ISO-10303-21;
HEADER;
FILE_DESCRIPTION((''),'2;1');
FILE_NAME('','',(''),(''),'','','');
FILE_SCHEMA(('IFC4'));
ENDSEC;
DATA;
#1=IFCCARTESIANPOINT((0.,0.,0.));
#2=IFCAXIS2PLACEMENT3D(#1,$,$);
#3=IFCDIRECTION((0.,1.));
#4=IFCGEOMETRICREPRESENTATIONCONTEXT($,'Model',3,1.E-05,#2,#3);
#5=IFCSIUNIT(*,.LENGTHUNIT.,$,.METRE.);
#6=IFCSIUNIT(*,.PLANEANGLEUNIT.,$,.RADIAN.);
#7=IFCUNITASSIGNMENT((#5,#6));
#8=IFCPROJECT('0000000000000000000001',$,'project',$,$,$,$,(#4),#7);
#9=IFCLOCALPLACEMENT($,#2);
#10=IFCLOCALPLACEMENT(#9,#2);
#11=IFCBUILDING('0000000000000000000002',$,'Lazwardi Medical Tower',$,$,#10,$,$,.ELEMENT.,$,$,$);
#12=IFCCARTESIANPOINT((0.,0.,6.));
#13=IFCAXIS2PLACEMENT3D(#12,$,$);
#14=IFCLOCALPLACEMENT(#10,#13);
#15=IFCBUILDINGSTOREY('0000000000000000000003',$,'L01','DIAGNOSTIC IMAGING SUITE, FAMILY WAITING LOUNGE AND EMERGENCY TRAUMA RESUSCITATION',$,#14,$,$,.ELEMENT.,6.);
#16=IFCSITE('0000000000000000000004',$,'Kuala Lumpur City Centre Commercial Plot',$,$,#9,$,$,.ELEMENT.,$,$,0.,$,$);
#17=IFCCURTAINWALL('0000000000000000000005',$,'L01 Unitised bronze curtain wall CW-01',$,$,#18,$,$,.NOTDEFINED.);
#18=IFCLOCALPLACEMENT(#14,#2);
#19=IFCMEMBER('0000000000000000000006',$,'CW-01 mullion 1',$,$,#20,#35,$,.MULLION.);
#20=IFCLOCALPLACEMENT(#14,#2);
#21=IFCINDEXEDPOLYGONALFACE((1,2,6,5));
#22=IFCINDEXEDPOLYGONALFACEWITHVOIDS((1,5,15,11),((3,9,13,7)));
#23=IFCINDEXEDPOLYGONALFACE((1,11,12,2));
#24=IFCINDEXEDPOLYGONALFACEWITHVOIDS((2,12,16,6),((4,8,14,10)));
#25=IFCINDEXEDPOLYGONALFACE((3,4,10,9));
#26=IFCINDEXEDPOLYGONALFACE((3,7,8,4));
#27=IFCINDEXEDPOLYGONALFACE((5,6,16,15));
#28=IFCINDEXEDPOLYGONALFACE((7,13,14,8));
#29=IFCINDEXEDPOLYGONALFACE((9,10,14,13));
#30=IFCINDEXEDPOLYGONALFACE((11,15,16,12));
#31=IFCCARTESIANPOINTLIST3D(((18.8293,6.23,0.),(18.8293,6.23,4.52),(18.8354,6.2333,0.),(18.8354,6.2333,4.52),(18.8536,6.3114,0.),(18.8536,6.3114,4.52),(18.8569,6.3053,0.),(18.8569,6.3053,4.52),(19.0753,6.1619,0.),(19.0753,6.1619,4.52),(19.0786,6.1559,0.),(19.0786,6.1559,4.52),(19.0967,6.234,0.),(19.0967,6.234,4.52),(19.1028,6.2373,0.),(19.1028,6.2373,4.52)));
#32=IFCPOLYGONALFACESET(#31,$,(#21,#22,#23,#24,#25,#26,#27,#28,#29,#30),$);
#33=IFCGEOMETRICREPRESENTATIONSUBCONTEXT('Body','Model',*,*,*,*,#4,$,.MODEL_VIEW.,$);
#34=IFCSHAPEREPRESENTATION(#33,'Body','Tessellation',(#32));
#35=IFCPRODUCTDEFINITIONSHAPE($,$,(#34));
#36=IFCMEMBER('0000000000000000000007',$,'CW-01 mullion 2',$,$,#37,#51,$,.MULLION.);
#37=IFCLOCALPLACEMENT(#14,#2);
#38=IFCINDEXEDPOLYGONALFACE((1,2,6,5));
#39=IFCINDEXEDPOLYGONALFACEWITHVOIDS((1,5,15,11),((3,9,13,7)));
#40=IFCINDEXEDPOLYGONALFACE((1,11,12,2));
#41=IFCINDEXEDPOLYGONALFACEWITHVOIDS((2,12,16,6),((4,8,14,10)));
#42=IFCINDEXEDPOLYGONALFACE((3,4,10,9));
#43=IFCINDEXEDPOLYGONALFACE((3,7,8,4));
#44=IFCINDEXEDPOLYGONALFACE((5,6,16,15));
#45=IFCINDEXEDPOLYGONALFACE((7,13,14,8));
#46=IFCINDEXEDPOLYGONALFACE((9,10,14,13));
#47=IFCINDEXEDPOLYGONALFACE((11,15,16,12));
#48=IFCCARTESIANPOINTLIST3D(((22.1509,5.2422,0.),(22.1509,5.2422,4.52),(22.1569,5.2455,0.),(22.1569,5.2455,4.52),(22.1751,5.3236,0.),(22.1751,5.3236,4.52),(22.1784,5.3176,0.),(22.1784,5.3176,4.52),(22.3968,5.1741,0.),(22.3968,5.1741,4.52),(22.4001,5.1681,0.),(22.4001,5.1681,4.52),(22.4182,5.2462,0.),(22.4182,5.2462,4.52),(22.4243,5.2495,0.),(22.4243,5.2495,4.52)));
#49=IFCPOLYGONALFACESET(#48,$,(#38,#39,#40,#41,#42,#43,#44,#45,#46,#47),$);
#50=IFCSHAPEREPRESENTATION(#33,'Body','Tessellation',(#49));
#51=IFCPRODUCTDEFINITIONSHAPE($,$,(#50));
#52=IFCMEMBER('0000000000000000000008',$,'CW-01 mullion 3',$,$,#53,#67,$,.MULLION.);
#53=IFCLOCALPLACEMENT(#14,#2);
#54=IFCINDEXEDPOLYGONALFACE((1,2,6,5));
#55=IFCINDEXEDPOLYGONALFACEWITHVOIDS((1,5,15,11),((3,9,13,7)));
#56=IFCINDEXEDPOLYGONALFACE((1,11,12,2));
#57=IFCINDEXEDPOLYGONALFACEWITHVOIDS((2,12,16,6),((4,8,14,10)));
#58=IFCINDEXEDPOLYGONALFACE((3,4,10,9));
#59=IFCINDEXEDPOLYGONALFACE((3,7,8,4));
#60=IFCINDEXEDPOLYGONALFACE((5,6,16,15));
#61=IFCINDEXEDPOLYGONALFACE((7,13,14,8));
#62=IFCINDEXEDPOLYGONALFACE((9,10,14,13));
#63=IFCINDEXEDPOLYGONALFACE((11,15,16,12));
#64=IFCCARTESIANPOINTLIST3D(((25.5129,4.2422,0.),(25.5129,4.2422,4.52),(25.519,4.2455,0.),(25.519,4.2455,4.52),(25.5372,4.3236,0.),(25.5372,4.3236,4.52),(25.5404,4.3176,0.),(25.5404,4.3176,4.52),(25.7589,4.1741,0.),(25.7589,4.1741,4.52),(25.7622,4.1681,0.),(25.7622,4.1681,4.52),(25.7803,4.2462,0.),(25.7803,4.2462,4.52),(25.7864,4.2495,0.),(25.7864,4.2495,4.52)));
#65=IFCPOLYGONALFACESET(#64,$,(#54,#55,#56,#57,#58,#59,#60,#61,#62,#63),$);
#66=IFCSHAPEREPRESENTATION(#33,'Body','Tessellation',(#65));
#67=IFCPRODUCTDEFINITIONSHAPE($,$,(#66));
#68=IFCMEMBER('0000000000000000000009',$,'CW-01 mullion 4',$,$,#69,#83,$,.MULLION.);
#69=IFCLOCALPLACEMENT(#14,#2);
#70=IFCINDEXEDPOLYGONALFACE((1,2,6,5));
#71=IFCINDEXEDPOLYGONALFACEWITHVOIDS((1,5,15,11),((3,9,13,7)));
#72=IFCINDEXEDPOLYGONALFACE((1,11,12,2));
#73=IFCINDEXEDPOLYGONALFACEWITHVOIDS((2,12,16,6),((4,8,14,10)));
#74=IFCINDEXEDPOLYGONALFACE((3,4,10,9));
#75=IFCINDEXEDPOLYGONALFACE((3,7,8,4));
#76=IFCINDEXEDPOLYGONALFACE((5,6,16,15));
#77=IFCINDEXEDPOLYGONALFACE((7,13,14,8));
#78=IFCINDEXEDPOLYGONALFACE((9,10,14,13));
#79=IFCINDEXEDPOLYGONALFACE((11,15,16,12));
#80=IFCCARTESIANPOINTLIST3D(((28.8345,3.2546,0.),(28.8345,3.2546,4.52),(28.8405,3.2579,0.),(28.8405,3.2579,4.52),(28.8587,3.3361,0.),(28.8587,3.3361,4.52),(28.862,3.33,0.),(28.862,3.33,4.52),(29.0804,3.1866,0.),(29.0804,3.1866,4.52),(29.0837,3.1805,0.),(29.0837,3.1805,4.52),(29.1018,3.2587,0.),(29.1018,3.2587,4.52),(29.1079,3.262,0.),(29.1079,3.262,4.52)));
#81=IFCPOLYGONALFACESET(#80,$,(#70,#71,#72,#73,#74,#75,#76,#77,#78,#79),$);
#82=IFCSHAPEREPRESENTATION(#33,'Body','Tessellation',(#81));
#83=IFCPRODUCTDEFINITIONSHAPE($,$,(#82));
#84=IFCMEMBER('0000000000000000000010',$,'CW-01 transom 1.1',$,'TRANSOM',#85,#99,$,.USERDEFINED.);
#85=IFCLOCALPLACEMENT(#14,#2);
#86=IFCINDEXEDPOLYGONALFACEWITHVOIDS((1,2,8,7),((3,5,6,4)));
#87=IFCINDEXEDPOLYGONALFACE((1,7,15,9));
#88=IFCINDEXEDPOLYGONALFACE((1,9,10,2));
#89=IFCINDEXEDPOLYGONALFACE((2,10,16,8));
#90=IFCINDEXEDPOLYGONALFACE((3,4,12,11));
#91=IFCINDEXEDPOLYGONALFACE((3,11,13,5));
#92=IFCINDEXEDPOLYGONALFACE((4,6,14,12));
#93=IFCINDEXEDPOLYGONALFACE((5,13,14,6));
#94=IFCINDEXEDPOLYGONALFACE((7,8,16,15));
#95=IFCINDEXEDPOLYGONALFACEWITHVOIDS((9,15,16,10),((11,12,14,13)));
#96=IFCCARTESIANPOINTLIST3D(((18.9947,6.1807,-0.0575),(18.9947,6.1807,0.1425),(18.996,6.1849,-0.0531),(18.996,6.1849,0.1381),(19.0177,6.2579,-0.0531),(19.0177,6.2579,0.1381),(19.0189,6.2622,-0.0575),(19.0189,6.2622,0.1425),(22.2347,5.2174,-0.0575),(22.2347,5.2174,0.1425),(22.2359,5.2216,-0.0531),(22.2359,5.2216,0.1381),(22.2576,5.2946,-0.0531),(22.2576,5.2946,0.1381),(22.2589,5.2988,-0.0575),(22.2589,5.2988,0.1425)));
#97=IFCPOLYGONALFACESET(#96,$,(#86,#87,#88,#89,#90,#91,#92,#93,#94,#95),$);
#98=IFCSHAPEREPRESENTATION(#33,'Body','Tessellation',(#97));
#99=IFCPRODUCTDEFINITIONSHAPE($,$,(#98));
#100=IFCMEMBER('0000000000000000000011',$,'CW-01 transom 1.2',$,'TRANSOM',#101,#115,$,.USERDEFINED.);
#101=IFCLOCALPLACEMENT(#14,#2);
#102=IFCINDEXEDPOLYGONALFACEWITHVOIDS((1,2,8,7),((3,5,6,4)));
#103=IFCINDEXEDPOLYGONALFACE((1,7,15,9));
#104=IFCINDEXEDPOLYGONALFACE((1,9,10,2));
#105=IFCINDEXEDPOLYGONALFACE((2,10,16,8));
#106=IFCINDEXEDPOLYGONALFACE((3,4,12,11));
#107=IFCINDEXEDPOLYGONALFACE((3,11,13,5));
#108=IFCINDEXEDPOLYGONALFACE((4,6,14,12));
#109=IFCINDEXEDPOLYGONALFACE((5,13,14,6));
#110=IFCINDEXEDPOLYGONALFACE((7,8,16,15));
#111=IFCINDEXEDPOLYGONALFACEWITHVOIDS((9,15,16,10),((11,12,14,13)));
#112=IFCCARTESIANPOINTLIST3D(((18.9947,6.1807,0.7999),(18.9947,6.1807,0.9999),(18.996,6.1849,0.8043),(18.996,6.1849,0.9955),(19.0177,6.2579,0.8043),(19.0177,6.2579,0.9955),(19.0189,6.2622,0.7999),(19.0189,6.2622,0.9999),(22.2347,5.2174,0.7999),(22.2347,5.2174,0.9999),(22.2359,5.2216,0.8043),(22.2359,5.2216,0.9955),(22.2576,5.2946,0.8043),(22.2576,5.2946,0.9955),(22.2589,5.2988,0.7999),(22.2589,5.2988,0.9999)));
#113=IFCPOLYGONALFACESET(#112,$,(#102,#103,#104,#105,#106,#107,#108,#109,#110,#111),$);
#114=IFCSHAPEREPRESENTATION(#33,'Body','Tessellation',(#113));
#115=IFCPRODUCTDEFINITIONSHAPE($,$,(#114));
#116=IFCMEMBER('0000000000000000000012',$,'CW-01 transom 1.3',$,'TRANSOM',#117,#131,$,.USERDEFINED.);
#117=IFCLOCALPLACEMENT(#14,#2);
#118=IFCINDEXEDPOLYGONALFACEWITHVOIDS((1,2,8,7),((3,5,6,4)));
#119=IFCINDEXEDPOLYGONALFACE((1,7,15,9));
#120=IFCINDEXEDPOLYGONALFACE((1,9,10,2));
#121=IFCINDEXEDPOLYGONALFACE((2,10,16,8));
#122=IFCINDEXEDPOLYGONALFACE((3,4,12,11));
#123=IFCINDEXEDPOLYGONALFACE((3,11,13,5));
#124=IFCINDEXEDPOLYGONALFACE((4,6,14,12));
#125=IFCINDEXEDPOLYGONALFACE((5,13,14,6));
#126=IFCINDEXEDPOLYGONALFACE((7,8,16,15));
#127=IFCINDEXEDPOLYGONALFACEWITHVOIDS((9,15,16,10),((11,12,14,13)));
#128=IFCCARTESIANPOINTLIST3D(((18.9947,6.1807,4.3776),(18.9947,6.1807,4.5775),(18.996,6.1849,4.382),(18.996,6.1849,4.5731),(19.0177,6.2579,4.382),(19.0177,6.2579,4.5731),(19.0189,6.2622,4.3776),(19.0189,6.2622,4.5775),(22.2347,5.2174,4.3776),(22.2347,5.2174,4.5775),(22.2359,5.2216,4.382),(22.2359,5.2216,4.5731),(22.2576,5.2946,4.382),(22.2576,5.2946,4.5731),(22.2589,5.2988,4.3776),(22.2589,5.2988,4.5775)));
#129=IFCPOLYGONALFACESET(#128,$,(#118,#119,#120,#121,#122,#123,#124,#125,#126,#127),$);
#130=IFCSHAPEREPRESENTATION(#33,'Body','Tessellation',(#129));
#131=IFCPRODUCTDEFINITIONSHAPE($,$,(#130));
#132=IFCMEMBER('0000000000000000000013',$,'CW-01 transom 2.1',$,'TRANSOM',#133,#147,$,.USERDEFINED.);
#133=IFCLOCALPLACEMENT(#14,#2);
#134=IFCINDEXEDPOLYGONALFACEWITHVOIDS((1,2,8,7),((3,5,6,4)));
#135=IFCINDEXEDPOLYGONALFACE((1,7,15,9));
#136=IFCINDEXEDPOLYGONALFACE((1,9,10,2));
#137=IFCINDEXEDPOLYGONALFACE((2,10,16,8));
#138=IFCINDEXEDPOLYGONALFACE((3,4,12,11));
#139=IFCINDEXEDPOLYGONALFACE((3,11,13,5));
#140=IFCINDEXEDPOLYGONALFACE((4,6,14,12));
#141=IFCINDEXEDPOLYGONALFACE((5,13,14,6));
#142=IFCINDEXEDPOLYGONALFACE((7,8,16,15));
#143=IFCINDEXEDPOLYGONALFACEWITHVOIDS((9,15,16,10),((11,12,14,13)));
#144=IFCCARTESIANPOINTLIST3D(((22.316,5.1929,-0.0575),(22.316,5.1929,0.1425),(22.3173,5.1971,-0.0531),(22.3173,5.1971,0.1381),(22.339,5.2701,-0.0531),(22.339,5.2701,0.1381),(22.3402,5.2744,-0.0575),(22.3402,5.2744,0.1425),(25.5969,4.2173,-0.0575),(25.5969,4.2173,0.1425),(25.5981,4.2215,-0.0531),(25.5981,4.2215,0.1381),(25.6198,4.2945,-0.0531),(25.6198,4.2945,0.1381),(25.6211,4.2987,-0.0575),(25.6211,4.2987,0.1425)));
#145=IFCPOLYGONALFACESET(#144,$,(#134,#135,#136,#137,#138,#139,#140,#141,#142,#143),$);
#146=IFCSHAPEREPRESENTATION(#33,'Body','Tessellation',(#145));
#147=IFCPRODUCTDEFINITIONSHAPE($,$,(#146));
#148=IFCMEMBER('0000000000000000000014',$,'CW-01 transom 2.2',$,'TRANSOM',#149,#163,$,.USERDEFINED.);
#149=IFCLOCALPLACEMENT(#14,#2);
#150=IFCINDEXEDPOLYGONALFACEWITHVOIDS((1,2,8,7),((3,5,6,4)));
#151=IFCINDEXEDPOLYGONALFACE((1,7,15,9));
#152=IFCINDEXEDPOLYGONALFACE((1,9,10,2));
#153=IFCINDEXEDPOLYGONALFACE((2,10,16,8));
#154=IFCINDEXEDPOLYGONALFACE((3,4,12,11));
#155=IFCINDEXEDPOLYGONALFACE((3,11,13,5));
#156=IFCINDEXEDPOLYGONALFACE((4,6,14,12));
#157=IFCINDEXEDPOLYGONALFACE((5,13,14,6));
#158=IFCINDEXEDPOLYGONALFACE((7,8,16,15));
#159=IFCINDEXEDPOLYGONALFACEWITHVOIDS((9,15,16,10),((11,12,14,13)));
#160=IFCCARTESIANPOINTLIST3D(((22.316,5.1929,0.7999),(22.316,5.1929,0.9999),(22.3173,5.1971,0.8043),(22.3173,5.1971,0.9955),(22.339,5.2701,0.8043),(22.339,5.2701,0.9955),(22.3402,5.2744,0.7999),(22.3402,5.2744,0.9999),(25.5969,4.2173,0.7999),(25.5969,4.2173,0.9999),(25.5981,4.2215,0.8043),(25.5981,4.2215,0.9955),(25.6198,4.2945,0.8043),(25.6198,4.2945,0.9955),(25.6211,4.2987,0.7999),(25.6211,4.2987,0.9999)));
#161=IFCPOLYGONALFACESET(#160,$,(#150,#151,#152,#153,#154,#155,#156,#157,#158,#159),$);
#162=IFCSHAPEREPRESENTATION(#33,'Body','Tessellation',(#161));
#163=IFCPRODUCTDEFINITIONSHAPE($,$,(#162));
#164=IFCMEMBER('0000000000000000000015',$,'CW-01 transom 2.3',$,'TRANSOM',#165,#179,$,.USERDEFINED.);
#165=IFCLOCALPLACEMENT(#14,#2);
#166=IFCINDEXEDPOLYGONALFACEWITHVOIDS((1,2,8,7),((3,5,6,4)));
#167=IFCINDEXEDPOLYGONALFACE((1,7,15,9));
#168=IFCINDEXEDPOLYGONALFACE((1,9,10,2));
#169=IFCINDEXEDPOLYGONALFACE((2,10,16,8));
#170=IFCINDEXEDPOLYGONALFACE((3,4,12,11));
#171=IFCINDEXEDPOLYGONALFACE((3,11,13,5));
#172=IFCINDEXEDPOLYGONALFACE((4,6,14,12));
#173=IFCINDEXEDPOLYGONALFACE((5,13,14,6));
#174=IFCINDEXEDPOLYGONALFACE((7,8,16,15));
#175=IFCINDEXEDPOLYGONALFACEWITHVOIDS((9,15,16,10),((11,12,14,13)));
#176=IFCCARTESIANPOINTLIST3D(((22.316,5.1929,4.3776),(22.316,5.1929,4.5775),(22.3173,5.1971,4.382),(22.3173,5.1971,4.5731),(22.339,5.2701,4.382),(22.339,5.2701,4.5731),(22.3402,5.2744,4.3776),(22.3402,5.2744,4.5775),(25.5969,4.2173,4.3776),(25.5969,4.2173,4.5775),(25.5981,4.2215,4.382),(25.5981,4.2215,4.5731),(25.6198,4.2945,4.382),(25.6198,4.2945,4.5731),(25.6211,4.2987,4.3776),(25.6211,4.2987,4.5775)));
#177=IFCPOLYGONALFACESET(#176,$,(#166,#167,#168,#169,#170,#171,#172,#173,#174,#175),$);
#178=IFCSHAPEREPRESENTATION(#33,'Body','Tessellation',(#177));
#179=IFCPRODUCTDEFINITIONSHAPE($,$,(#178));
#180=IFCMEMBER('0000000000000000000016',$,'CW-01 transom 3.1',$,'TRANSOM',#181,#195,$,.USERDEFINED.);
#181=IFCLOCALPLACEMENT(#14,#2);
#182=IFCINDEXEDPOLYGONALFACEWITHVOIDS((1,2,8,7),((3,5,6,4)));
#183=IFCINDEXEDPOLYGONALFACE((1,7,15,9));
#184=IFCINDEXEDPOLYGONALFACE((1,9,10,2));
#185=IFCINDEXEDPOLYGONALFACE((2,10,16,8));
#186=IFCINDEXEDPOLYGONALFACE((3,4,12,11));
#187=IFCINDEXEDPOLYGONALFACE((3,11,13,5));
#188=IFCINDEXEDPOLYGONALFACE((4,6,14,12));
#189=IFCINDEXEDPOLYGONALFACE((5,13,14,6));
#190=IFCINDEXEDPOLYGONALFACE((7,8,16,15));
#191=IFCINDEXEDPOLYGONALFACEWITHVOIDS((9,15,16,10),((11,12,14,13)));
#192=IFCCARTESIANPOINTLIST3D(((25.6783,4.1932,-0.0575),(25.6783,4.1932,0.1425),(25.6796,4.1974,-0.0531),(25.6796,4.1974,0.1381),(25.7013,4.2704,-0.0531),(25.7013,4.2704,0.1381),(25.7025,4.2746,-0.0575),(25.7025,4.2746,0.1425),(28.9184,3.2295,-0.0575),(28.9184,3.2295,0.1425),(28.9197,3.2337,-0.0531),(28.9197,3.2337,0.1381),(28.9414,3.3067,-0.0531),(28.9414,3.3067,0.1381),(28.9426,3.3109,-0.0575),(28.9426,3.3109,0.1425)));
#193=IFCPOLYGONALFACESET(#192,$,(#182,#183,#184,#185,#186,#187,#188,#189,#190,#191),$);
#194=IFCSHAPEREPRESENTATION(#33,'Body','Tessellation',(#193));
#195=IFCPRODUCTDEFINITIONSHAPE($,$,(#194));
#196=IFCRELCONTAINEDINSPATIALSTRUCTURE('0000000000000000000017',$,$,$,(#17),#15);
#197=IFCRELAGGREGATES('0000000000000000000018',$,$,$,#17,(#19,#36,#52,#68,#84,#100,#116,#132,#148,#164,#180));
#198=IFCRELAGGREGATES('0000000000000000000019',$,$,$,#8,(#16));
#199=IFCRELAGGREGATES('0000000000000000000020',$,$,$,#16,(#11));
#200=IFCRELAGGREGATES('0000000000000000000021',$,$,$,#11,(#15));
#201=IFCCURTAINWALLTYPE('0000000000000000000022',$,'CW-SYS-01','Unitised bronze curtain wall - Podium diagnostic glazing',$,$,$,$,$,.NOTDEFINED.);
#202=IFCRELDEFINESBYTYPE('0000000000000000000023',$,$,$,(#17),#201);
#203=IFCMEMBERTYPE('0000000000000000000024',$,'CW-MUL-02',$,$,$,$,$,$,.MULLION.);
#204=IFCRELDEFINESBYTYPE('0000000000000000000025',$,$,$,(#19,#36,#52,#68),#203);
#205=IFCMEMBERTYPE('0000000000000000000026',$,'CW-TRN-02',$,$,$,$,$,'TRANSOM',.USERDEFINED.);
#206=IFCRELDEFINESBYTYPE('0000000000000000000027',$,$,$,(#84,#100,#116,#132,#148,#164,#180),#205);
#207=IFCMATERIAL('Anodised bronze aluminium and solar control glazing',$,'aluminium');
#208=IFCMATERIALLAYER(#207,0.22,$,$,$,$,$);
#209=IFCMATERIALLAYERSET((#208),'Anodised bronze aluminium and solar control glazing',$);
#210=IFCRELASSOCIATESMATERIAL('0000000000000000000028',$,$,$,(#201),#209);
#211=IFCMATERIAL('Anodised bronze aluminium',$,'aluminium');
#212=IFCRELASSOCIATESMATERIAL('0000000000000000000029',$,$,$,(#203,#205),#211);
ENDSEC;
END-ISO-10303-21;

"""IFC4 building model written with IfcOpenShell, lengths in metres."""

from ifc_helpers import new_model, si_unit, direction, frame, origin, origin_2d, place, context, subcontext, project, spatial, hollow_rectangle, extrude, material, layer, layer_set, material_profile, profile_set, type_object, element, aggregate, save


model = new_model("IFC4")

# Units and contexts
model_context = context("Model", 3, precision=1e-05, world=origin(), true_north=direction((0.0, 1.0)))
body_context = subcontext(model_context, "Body", "Model", "MODEL_VIEW")
ifc_project = project(units=[si_unit("LENGTHUNIT", "METRE"), si_unit("PLANEANGLEUNIT", "RADIAN")], contexts=[model_context])

# Site, building, storey
site_placement = place(None, origin())
site = spatial("IfcSite", under=ifc_project, at=site_placement, Name="Kuala Lumpur City Centre Commercial Plot", CompositionType="ELEMENT", RefElevation=0.0)
building_placement = place(site_placement, origin())
building = spatial("IfcBuilding", under=site, at=building_placement, Name="Lazwardi Medical Tower", CompositionType="ELEMENT")
storey_placement = place(building_placement, frame((0.0, 0.0, 6.0)))
storey = spatial("IfcBuildingStorey", under=building, at=storey_placement, Name="L01", Description="DIAGNOSTIC IMAGING SUITE, FAMILY WAITING LOUNGE AND EMERGENCY TRAUMA RESUSCITATION", CompositionType="ELEMENT", Elevation=6.0)

# Shared definitions
ifc_material_1 = material(Name="Anodised bronze aluminium and solar control glazing", Category="aluminium")
ifc_material_2 = material(Name="Anodised bronze aluminium", Category="aluminium")

# Curtain wall, members
ifc_layer_1 = layer(ifc_material_1, 0.22)
ifc_layer_set_1 = layer_set([ifc_layer_1], Name="Anodised bronze aluminium and solar control glazing")
curtain_wall_type_1 = type_object("IfcCurtainWallType", Name="CW-SYS-01", Description="Unitised bronze curtain wall - Podium diagnostic glazing", PredefinedType="NOTDEFINED", material=ifc_layer_set_1)
curtain_wall_1_placement = place(storey_placement, origin())
curtain_wall_1 = element("IfcCurtainWall", 1, at=curtain_wall_1_placement, inside=storey, type_object=curtain_wall_type_1, Name="L01 Unitised bronze curtain wall CW-01", PredefinedType="NOTDEFINED")
ifc_material_profile_1 = material_profile(ifc_material_2, hollow_rectangle(XDim=0.085, YDim=0.26, WallThickness=0.0049, at=origin_2d()), Name="ALU-MULLION 260x85x5")
ifc_profile_set_1 = profile_set([ifc_material_profile_1], Name="Anodised bronze aluminium")
member_type_1 = type_object("IfcMemberType", Name="CW-MUL-02", PredefinedType="MULLION", material=ifc_profile_set_1)
member_1_placement = place(storey_placement, frame((18.9661, 6.2336, 0.0), z_axis=(0.0, 0.0, 1.0), x_axis=(0.285047, 0.958513, 0.0)))
member_1 = element("IfcMember", 2, at=member_1_placement, type_object=member_type_1, Name="CW-01 mullion 1", PredefinedType="MULLION", context=body_context, shape_type="SweptSolid", body=[
    extrude(hollow_rectangle(XDim=0.085, YDim=0.26, WallThickness=0.0049, at=origin_2d()), origin(), (0.0, 0.0, 1.0), 4.52),
])
member_2_placement = place(storey_placement, frame((22.2876, 5.2458, 0.0), z_axis=(0.0, 0.0, 1.0), x_axis=(0.285047, 0.958513, 0.0)))
member_2 = element("IfcMember", 3, at=member_2_placement, type_object=member_type_1, Name="CW-01 mullion 2", PredefinedType="MULLION", context=body_context, shape_type="SweptSolid", body=[
    extrude(hollow_rectangle(XDim=0.085, YDim=0.26, WallThickness=0.0049, at=origin_2d()), origin(), (0.0, 0.0, 1.0), 4.52),
])
member_3_placement = place(storey_placement, frame((25.6497, 4.2458, 0.0), z_axis=(0.0, 0.0, 1.0), x_axis=(0.285047, 0.958513, 0.0)))
member_3 = element("IfcMember", 4, at=member_3_placement, type_object=member_type_1, Name="CW-01 mullion 3", PredefinedType="MULLION", context=body_context, shape_type="SweptSolid", body=[
    extrude(hollow_rectangle(XDim=0.085, YDim=0.26, WallThickness=0.0049, at=origin_2d()), origin(), (0.0, 0.0, 1.0), 4.52),
])
member_4_placement = place(storey_placement, frame((28.9712, 3.2583, 0.0), z_axis=(0.0, 0.0, 1.0), x_axis=(0.285047, 0.958513, 0.0)))
member_4 = element("IfcMember", 5, at=member_4_placement, type_object=member_type_1, Name="CW-01 mullion 4", PredefinedType="MULLION", context=body_context, shape_type="SweptSolid", body=[
    extrude(hollow_rectangle(XDim=0.085, YDim=0.26, WallThickness=0.0049, at=origin_2d()), origin(), (0.0, 0.0, 1.0), 4.52),
])
ifc_material_profile_2 = material_profile(ifc_material_2, hollow_rectangle(XDim=0.085, YDim=0.2, WallThickness=0.0044, at=origin_2d()), Name="ALU-TRANSOM 200x85x4.5")
ifc_profile_set_2 = profile_set([ifc_material_profile_2], Name="Anodised bronze aluminium")
member_type_2 = type_object("IfcMemberType", Name="CW-TRN-02", ElementType="TRANSOM", PredefinedType="USERDEFINED", material=ifc_profile_set_2)
member_5_placement = place(storey_placement, frame((19.0068, 6.2214, 0.0425), z_axis=(0.958525, -0.285008, 0.0), x_axis=(0.285008, 0.958525, 0.0)))
member_5 = element("IfcMember", 6, at=member_5_placement, type_object=member_type_2, Name="CW-01 transom 1.1", ObjectType="TRANSOM", PredefinedType="USERDEFINED", context=body_context, shape_type="SweptSolid", body=[
    extrude(hollow_rectangle(XDim=0.085, YDim=0.2, WallThickness=0.0044, at=origin_2d()), origin(), (0.0, 0.0, 1.0), 3.3801),
])
member_6_placement = place(storey_placement, frame((19.0068, 6.2214, 0.8999), z_axis=(0.958525, -0.285008, 0.0), x_axis=(0.285008, 0.958525, 0.0)))
member_6 = element("IfcMember", 7, at=member_6_placement, type_object=member_type_2, Name="CW-01 transom 1.2", ObjectType="TRANSOM", PredefinedType="USERDEFINED", context=body_context, shape_type="SweptSolid", body=[
    extrude(hollow_rectangle(XDim=0.085, YDim=0.2, WallThickness=0.0044, at=origin_2d()), origin(), (0.0, 0.0, 1.0), 3.3801),
])
member_7_placement = place(storey_placement, frame((19.0068, 6.2214, 4.4775), z_axis=(0.958525, -0.285008, 0.0), x_axis=(0.285008, 0.958525, 0.0)))
member_7 = element("IfcMember", 8, at=member_7_placement, type_object=member_type_2, Name="CW-01 transom 1.3", ObjectType="TRANSOM", PredefinedType="USERDEFINED", context=body_context, shape_type="SweptSolid", body=[
    extrude(hollow_rectangle(XDim=0.085, YDim=0.2, WallThickness=0.0044, at=origin_2d()), origin(), (0.0, 0.0, 1.0), 3.3801),
])
member_8_placement = place(storey_placement, frame((22.3281, 5.2336, 0.0425), z_axis=(0.958518, -0.28503, 0.0), x_axis=(0.28503, 0.958518, 0.0)))
member_8 = element("IfcMember", 9, at=member_8_placement, type_object=member_type_2, Name="CW-01 transom 2.1", ObjectType="TRANSOM", PredefinedType="USERDEFINED", context=body_context, shape_type="SweptSolid", body=[
    extrude(hollow_rectangle(XDim=0.085, YDim=0.2, WallThickness=0.0044, at=origin_2d()), origin(), (0.0, 0.0, 1.0), 3.4229),
])
member_9_placement = place(storey_placement, frame((22.3281, 5.2336, 0.8999), z_axis=(0.958518, -0.28503, 0.0), x_axis=(0.28503, 0.958518, 0.0)))
member_9 = element("IfcMember", 10, at=member_9_placement, type_object=member_type_2, Name="CW-01 transom 2.2", ObjectType="TRANSOM", PredefinedType="USERDEFINED", context=body_context, shape_type="SweptSolid", body=[
    extrude(hollow_rectangle(XDim=0.085, YDim=0.2, WallThickness=0.0044, at=origin_2d()), origin(), (0.0, 0.0, 1.0), 3.4229),
])
member_10_placement = place(storey_placement, frame((22.3281, 5.2336, 4.4775), z_axis=(0.958518, -0.28503, 0.0), x_axis=(0.28503, 0.958518, 0.0)))
member_10 = element("IfcMember", 11, at=member_10_placement, type_object=member_type_2, Name="CW-01 transom 2.3", ObjectType="TRANSOM", PredefinedType="USERDEFINED", context=body_context, shape_type="SweptSolid", body=[
    extrude(hollow_rectangle(XDim=0.085, YDim=0.2, WallThickness=0.0044, at=origin_2d()), origin(), (0.0, 0.0, 1.0), 3.4229),
])
member_11_placement = place(storey_placement, frame((25.6904, 4.2339, 0.0425), z_axis=(0.958505, -0.285074, 0.0), x_axis=(0.285074, 0.958505, 0.0)))
member_11 = element("IfcMember", 12, at=member_11_placement, type_object=member_type_2, Name="CW-01 transom 3.1", ObjectType="TRANSOM", PredefinedType="USERDEFINED", context=body_context, shape_type="SweptSolid", body=[
    extrude(hollow_rectangle(XDim=0.085, YDim=0.2, WallThickness=0.0044, at=origin_2d()), origin(), (0.0, 0.0, 1.0), 3.3804),
])
aggregate(curtain_wall_1, [member_1, member_2, member_3, member_4, member_5, member_6, member_7, member_8, member_9, member_10, member_11])

save(model, "model.ifc")
